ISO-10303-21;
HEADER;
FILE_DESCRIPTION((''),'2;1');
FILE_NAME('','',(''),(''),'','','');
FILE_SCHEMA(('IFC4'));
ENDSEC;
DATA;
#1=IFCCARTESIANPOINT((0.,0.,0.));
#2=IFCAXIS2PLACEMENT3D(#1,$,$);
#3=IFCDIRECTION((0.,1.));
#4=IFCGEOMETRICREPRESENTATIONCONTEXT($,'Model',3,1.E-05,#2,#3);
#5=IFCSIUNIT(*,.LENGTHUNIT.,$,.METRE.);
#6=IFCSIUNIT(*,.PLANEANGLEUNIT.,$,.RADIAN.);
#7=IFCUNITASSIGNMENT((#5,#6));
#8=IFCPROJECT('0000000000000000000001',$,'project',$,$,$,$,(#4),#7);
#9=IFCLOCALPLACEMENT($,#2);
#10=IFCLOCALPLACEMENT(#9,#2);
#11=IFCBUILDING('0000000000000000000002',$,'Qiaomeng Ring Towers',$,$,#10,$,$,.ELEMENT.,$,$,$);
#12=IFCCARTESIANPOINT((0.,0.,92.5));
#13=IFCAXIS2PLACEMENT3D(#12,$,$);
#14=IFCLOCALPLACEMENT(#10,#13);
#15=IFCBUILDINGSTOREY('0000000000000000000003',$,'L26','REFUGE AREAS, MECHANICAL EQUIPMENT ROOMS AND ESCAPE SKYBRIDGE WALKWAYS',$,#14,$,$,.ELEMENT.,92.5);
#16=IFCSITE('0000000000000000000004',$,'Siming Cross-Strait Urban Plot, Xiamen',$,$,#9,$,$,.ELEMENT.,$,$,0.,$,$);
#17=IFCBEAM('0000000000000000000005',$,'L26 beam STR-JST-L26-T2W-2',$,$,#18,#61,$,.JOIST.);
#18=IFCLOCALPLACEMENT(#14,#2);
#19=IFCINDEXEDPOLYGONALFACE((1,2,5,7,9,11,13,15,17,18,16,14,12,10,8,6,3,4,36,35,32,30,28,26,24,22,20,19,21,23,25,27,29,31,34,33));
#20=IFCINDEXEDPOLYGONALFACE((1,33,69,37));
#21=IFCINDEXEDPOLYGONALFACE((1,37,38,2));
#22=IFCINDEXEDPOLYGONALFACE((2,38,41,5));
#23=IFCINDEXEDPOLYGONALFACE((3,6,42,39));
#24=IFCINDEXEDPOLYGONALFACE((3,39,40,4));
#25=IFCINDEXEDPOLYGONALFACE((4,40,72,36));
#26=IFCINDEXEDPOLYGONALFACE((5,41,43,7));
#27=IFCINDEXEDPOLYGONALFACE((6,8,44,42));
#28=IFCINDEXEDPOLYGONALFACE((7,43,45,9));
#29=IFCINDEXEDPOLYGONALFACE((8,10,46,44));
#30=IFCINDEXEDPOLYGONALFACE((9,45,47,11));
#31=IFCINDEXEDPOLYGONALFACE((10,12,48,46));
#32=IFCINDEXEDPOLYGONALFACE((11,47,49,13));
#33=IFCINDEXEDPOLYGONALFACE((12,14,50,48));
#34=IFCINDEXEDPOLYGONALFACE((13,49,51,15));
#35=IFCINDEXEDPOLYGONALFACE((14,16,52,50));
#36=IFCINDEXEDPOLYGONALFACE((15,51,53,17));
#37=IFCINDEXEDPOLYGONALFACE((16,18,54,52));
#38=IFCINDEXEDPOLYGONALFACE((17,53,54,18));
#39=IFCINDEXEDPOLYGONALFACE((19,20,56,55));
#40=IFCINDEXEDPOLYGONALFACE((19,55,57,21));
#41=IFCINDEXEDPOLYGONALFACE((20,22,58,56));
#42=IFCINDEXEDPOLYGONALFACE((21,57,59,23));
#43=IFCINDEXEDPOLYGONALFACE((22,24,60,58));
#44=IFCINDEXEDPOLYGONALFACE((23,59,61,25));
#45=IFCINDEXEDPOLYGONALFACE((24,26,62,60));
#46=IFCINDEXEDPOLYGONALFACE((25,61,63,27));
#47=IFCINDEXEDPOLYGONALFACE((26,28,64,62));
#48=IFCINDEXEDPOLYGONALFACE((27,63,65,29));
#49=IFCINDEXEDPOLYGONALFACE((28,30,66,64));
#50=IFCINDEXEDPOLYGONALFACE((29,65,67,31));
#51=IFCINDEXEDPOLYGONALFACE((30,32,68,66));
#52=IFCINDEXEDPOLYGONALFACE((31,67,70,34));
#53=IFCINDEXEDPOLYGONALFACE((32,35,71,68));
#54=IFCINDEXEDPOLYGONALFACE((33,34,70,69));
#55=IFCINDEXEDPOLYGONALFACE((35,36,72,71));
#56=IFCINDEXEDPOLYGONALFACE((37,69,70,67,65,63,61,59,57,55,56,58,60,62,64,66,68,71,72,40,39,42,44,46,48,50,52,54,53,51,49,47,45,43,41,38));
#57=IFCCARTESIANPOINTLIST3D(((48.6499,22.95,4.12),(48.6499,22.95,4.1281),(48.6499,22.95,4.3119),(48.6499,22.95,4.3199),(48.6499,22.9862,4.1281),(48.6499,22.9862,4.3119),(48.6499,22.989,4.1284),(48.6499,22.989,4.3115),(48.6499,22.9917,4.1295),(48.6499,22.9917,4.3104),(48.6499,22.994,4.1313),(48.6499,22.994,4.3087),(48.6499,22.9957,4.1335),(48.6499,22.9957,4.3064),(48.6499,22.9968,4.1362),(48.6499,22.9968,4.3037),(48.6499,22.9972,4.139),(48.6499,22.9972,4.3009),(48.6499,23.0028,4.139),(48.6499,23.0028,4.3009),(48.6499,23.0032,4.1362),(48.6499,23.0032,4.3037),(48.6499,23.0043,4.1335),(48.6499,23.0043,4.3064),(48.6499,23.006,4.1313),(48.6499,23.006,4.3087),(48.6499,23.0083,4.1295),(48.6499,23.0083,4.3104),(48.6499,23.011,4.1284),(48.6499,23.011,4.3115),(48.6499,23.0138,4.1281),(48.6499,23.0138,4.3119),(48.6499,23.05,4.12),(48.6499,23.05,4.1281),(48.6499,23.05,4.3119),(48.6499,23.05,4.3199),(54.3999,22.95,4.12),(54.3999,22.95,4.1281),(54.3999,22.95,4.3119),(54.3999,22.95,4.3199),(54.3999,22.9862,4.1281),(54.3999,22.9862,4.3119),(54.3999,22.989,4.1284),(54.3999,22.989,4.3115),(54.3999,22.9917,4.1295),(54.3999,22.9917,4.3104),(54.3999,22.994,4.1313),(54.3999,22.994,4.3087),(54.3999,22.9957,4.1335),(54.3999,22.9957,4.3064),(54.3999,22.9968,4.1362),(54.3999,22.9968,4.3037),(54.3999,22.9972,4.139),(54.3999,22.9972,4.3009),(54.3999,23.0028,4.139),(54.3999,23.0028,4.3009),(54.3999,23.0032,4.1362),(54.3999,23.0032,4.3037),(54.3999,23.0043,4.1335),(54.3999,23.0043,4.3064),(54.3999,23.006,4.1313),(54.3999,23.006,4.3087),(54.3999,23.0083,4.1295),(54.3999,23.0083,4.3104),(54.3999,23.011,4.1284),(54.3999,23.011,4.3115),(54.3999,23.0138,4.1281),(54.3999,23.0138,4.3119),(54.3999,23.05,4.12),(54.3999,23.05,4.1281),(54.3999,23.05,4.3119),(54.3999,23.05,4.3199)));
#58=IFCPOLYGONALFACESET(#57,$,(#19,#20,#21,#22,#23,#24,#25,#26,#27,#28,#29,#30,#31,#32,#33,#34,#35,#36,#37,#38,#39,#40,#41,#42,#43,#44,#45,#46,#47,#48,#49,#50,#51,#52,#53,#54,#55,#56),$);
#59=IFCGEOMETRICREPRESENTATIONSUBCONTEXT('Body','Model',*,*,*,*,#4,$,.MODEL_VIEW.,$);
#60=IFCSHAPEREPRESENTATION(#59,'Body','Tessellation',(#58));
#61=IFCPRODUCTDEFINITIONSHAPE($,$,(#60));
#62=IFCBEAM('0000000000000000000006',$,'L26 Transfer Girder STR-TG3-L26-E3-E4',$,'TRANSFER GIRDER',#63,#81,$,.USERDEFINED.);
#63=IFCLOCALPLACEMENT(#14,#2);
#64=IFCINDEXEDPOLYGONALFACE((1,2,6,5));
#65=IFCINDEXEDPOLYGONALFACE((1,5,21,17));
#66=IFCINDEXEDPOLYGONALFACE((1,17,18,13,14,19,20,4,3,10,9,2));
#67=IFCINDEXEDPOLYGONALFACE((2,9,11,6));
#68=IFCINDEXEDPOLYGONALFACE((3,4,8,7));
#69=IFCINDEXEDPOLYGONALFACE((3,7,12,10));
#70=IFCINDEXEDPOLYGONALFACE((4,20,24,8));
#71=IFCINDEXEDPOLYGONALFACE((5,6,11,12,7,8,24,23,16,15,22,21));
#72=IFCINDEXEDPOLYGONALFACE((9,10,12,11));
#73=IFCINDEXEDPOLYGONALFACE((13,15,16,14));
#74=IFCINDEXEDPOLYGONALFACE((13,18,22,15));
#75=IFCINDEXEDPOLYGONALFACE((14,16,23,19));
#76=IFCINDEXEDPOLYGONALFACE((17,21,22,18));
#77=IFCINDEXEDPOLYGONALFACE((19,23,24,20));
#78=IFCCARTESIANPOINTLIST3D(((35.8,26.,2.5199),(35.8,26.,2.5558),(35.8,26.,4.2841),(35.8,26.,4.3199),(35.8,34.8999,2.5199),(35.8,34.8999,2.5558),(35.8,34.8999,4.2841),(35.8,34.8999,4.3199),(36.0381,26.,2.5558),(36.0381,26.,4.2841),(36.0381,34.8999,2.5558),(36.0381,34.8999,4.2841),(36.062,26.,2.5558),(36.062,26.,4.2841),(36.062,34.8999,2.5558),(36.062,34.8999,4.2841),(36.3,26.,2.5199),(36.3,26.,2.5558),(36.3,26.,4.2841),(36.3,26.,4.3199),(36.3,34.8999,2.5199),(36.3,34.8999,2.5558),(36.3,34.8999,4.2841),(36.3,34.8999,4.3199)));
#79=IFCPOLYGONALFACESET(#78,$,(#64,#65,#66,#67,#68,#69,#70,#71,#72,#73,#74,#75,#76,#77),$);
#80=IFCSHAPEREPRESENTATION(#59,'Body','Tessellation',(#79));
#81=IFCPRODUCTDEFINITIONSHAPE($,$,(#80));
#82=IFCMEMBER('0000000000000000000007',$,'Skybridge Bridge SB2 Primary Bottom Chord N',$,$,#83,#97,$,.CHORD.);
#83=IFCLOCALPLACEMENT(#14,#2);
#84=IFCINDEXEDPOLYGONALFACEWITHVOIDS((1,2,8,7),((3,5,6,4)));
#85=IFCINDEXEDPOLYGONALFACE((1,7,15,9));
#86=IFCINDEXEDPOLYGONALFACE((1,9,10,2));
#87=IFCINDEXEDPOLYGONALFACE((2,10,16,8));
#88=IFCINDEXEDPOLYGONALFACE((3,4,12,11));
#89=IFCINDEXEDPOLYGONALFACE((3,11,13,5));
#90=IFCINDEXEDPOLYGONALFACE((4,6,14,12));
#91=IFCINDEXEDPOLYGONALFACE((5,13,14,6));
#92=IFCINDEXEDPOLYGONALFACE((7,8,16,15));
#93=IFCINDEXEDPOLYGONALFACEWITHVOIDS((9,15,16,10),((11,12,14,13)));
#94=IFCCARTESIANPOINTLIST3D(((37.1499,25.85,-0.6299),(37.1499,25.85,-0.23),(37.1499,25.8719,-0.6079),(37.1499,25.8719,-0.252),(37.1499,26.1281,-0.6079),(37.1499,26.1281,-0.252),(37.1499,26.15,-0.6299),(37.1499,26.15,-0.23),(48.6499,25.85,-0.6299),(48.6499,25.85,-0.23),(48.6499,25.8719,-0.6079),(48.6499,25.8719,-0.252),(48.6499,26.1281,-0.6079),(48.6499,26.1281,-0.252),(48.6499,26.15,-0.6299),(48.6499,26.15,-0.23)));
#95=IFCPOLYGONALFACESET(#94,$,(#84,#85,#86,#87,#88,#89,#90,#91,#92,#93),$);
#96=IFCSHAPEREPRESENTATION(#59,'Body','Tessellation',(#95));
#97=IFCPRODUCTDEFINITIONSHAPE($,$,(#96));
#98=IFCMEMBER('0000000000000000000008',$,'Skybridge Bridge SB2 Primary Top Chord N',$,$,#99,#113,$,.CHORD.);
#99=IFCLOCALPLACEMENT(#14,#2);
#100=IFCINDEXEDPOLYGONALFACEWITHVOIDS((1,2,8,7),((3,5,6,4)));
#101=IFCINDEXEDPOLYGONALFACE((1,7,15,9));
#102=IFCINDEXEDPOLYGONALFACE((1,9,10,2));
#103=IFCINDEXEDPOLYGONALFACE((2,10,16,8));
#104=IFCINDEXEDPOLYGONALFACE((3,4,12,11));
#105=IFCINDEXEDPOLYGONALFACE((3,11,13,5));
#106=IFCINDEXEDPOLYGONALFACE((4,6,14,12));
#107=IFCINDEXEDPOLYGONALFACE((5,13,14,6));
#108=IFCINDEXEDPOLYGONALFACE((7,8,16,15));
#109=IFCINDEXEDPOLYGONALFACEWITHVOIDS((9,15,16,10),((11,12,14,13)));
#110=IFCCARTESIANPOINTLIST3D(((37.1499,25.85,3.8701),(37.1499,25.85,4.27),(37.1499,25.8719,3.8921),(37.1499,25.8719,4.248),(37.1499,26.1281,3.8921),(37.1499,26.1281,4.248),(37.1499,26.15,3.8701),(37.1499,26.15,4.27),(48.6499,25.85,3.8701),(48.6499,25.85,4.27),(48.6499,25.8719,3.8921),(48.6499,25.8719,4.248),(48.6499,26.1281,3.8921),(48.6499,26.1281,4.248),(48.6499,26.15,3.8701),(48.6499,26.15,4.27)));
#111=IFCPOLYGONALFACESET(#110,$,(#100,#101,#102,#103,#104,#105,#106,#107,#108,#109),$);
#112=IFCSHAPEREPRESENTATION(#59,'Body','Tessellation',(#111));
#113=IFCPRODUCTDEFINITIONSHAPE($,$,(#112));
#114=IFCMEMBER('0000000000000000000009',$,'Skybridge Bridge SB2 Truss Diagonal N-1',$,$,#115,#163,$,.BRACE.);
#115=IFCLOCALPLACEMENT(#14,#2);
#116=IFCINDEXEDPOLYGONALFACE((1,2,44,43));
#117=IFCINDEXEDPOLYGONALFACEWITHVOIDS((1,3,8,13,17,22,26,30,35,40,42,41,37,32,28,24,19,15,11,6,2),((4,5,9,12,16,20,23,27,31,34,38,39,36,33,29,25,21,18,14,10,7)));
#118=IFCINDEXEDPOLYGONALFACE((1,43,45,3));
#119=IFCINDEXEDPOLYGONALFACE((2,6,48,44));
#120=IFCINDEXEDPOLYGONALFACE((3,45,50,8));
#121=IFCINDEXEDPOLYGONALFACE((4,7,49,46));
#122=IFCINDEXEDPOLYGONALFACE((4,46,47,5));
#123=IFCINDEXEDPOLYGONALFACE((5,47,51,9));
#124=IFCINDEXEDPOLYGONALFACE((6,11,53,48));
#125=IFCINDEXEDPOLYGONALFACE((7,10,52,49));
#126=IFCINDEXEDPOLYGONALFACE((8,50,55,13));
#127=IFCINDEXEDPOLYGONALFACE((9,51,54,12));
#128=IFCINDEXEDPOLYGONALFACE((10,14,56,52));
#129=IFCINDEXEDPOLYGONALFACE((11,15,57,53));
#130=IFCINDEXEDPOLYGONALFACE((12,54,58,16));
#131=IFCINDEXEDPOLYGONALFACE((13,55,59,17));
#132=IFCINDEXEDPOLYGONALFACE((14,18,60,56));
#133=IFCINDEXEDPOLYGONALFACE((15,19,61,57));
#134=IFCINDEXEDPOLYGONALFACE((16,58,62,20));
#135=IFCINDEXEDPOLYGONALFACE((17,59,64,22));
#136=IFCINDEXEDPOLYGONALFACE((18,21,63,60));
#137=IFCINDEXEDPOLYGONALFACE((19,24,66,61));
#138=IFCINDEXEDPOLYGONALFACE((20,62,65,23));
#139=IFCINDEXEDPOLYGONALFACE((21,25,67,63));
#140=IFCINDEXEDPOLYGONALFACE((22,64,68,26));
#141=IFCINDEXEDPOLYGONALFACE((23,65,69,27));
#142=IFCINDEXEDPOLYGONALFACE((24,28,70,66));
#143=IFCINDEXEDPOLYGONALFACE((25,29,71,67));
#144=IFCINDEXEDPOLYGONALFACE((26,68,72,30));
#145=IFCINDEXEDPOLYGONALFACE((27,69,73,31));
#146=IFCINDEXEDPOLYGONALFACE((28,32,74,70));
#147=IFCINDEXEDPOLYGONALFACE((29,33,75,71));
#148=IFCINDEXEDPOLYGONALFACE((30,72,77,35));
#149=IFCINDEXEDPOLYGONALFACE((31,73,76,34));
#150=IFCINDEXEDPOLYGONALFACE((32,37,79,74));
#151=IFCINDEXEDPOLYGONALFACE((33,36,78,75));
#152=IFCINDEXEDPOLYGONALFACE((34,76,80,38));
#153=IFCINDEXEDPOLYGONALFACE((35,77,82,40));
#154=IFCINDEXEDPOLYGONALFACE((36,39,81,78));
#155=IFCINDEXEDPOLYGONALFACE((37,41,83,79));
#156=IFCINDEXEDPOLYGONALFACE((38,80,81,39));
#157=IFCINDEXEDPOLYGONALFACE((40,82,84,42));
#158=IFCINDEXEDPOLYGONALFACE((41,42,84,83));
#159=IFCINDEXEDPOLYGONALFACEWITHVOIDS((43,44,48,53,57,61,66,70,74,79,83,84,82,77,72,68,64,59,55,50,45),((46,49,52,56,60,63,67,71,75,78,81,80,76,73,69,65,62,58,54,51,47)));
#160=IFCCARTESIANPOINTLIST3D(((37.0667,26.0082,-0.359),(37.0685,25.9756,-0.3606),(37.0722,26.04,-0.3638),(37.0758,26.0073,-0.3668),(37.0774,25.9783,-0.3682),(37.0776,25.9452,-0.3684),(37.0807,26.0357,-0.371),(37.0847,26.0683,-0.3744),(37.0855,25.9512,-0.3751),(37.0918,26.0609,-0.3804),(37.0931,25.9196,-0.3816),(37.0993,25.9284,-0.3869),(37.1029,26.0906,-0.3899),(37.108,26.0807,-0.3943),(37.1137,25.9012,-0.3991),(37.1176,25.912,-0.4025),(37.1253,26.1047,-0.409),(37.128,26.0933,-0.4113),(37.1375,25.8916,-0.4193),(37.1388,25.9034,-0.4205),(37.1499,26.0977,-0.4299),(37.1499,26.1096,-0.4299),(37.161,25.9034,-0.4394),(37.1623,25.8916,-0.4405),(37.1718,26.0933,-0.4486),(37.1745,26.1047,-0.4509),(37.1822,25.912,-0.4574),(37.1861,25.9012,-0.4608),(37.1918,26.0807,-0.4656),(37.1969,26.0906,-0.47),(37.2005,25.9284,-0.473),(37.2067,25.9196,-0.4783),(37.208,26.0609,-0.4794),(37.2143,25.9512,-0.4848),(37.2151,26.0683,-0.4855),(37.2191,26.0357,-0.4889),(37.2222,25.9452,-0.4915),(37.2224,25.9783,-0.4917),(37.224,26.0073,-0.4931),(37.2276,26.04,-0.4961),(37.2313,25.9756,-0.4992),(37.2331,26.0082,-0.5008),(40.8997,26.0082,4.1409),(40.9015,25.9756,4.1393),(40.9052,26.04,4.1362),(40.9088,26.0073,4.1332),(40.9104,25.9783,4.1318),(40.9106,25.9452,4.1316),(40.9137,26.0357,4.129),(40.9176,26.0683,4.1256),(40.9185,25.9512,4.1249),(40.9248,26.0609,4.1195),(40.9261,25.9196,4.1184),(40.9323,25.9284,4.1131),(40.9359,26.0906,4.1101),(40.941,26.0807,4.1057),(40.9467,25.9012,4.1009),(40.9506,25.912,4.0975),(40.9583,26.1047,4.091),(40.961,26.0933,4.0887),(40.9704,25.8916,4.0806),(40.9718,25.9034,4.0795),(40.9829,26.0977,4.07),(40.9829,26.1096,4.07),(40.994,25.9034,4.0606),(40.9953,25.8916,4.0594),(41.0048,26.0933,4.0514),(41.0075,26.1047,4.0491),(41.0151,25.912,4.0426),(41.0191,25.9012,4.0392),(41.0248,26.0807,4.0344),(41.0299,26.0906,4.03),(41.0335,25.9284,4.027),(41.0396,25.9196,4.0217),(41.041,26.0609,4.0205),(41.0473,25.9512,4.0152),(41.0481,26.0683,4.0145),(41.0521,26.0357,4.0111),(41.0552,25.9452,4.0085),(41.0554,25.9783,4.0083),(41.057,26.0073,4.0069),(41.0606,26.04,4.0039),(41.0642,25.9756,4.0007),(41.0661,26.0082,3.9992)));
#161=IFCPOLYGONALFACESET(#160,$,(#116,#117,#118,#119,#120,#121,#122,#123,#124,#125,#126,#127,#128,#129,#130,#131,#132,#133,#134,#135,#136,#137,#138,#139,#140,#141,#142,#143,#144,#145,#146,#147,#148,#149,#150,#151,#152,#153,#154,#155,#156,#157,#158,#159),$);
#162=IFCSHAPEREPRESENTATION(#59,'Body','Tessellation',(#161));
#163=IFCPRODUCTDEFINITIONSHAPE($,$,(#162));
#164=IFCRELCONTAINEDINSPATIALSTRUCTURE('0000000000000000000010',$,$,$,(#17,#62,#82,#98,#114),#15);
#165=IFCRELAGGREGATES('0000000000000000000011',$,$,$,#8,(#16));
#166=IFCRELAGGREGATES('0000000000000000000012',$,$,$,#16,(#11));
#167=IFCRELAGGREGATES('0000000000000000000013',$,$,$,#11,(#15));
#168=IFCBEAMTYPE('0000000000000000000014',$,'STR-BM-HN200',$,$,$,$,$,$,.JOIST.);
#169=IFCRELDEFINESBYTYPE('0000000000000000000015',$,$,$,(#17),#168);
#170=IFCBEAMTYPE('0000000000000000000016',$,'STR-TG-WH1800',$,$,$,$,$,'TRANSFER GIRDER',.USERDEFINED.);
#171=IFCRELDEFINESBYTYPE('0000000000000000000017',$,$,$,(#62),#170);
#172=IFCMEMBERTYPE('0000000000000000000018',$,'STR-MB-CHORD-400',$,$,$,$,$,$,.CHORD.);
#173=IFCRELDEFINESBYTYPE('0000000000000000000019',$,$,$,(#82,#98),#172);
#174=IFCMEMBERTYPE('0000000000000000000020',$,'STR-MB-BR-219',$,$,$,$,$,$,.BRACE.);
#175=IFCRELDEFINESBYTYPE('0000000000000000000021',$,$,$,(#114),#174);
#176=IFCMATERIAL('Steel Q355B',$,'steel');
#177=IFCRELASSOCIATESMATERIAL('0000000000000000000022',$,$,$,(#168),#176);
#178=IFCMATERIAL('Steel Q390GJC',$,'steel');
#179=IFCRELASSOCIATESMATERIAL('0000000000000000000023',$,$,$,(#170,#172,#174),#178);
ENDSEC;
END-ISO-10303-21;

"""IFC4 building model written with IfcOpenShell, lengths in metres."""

from ifc_helpers import new_model, si_unit, direction, frame, origin, origin_2d, place, context, subcontext, project, spatial, hollow_rectangle, hollow_circle, i_section, extrude, source, transform, mapped, material, material_profile, profile_set, type_object, element, save


model = new_model("IFC4")

# Units and contexts
model_context = context("Model", 3, precision=1e-05, world=origin(), true_north=direction((0.0, 1.0)))
body_context = subcontext(model_context, "Body", "Model", "MODEL_VIEW")
ifc_project = project(units=[si_unit("LENGTHUNIT", "METRE"), si_unit("PLANEANGLEUNIT", "RADIAN")], contexts=[model_context])

# Site, building, storey
site_placement = place(None, origin())
site = spatial("IfcSite", under=ifc_project, at=site_placement, Name="Siming Cross-Strait Urban Plot, Xiamen", CompositionType="ELEMENT", RefElevation=0.0)
building_placement = place(site_placement, origin())
building = spatial("IfcBuilding", under=site, at=building_placement, Name="Qiaomeng Ring Towers", CompositionType="ELEMENT")
storey_placement = place(building_placement, frame((0.0, 0.0, 92.5)))
storey = spatial("IfcBuildingStorey", under=building, at=storey_placement, Name="L26", Description="REFUGE AREAS, MECHANICAL EQUIPMENT ROOMS AND ESCAPE SKYBRIDGE WALKWAYS", CompositionType="ELEMENT", Elevation=92.5)

# Shared definitions
ifc_material_1 = material(Name="Steel Q390GJC", Category="steel")

# Beams
ifc_material_2 = material(Name="Steel Q355B", Category="steel")
ifc_material_profile_1 = material_profile(ifc_material_2, i_section(OverallWidth=0.1001, OverallDepth=0.2, WebThickness=0.0056, FlangeThickness=0.0081, FilletRadius=0.011, at=origin_2d()), Name="HN 200x100x5.5x8")
ifc_profile_set_1 = profile_set([ifc_material_profile_1], Name="Steel Q355B")
beam_type_1 = type_object("IfcBeamType", Name="STR-BM-HN200", PredefinedType="JOIST", material=ifc_profile_set_1)
shared_shape_1 = source(origin(), body_context, "Body", "SweptSolid", [
    extrude(i_section(OverallWidth=0.1001, OverallDepth=0.2, WebThickness=0.0056, FlangeThickness=0.0081, FilletRadius=0.011, at=origin_2d()), origin(), (0.0, 0.0, 1.0), 5.75),
])
beam_1_placement = place(storey_placement, frame((48.6499, 23.0, 4.22), z_axis=(1.0, 0.0, 0.0), x_axis=(0.0, 1.0, 0.0)))
element("IfcBeam", 1, at=beam_1_placement, inside=storey, type_object=beam_type_1, Name="L26 beam STR-JST-L26-T2W-2", PredefinedType="JOIST", context=body_context, shape_type="MappedRepresentation", body=[
    mapped(shared_shape_1, transform((0.0, 0.0, 0.0), x_axis=(1.0, 0.0, 0.0), y_axis=(0.0, 1.0, 0.0), z_axis=(0.0, 0.0, 1.0), scale=1.0)),
])
ifc_material_profile_2 = material_profile(ifc_material_1, i_section(OverallWidth=0.5, OverallDepth=1.8, WebThickness=0.0239, FlangeThickness=0.0359, at=origin_2d()), Name="WH 1800x500x24x36")
ifc_profile_set_2 = profile_set([ifc_material_profile_2], Name="Steel Q390GJC")
beam_type_2 = type_object("IfcBeamType", Name="STR-TG-WH1800", ElementType="TRANSFER GIRDER", PredefinedType="USERDEFINED", material=ifc_profile_set_2)
shared_shape_2 = source(origin(), body_context, "Body", "SweptSolid", [
    extrude(i_section(OverallWidth=0.5, OverallDepth=1.8, WebThickness=0.0239, FlangeThickness=0.0359, at=origin_2d()), origin(), (0.0, 0.0, 1.0), 8.8999),
])
beam_2_placement = place(storey_placement, frame((36.05, 26.0, 3.4199), z_axis=(0.0, 1.0, 0.0), x_axis=(-1.0, 0.0, 0.0)))
element("IfcBeam", 2, at=beam_2_placement, inside=storey, type_object=beam_type_2, Name="L26 Transfer Girder STR-TG3-L26-E3-E4", ObjectType="TRANSFER GIRDER", PredefinedType="USERDEFINED", context=body_context, shape_type="MappedRepresentation", body=[
    mapped(shared_shape_2, transform((0.0, 0.0, 0.0), x_axis=(1.0, 0.0, 0.0), y_axis=(0.0, 1.0, 0.0), z_axis=(0.0, 0.0, 1.0), scale=1.0)),
])

# Members
ifc_material_profile_3 = material_profile(ifc_material_1, hollow_rectangle(XDim=0.3, YDim=0.3999, WallThickness=0.022, at=origin_2d()), Name="RHS 400x300x22")
ifc_profile_set_3 = profile_set([ifc_material_profile_3], Name="Steel Q390GJC")
member_type_1 = type_object("IfcMemberType", Name="STR-MB-CHORD-400", PredefinedType="CHORD", material=ifc_profile_set_3)
shared_shape_3 = source(origin(), body_context, "Body", "SweptSolid", [
    extrude(hollow_rectangle(XDim=0.3, YDim=0.3999, WallThickness=0.022, at=origin_2d()), origin(), (0.0, 0.0, 1.0), 11.5),
])
for number, where, z_axis, x_axis, name in (
    (3, (37.1499, 26.0, -0.4299), (1.0, 0.0, 0.0), (0.0, 1.0, 0.0), "Skybridge Bridge SB2 Primary Bottom Chord N"),
    (4, (37.1499, 26.0, 4.0701), (1.0, 0.0, 0.0), (0.0, 1.0, 0.0), "Skybridge Bridge SB2 Primary Top Chord N"),
):
    element("IfcMember", number, at=place(storey_placement, frame(where, z_axis=z_axis, x_axis=x_axis)), inside=storey, type_object=member_type_1, Name=name, PredefinedType="CHORD", context=body_context, shape_type="MappedRepresentation", body=[
        mapped(shared_shape_3, transform((0.0, 0.0, 0.0), x_axis=(1.0, 0.0, 0.0), y_axis=(0.0, 1.0, 0.0), z_axis=(0.0, 0.0, 1.0), scale=1.0)),
    ])
ifc_material_profile_4 = material_profile(ifc_material_1, hollow_circle(Radius=0.1096, WallThickness=0.012, at=origin_2d()), Name="CHS 219x12")
ifc_profile_set_4 = profile_set([ifc_material_profile_4], Name="Steel Q390GJC")
member_type_2 = type_object("IfcMemberType", Name="STR-MB-BR-219", PredefinedType="BRACE", material=ifc_profile_set_4)
shared_shape_4 = source(origin(), body_context, "Body", "SweptSolid", [
    extrude(hollow_circle(Radius=0.1096, WallThickness=0.012, at=origin_2d()), origin(), (0.0, 0.0, 1.0), 5.9111),
])
member_1_placement = place(storey_placement, frame((37.1499, 26.0, -0.4299), z_axis=(0.648435, 0.0, 0.76127), x_axis=(0.0, 1.0, 0.0)))
element("IfcMember", 5, at=member_1_placement, inside=storey, type_object=member_type_2, Name="Skybridge Bridge SB2 Truss Diagonal N-1", PredefinedType="BRACE", context=body_context, shape_type="MappedRepresentation", body=[
    mapped(shared_shape_4, transform((0.0, 0.0, 0.0), x_axis=(1.0, 0.0, 0.0), y_axis=(0.0, 1.0, 0.0), z_axis=(0.0, 0.0, 1.0), scale=1.0)),
])

save(model, "model.ifc")
